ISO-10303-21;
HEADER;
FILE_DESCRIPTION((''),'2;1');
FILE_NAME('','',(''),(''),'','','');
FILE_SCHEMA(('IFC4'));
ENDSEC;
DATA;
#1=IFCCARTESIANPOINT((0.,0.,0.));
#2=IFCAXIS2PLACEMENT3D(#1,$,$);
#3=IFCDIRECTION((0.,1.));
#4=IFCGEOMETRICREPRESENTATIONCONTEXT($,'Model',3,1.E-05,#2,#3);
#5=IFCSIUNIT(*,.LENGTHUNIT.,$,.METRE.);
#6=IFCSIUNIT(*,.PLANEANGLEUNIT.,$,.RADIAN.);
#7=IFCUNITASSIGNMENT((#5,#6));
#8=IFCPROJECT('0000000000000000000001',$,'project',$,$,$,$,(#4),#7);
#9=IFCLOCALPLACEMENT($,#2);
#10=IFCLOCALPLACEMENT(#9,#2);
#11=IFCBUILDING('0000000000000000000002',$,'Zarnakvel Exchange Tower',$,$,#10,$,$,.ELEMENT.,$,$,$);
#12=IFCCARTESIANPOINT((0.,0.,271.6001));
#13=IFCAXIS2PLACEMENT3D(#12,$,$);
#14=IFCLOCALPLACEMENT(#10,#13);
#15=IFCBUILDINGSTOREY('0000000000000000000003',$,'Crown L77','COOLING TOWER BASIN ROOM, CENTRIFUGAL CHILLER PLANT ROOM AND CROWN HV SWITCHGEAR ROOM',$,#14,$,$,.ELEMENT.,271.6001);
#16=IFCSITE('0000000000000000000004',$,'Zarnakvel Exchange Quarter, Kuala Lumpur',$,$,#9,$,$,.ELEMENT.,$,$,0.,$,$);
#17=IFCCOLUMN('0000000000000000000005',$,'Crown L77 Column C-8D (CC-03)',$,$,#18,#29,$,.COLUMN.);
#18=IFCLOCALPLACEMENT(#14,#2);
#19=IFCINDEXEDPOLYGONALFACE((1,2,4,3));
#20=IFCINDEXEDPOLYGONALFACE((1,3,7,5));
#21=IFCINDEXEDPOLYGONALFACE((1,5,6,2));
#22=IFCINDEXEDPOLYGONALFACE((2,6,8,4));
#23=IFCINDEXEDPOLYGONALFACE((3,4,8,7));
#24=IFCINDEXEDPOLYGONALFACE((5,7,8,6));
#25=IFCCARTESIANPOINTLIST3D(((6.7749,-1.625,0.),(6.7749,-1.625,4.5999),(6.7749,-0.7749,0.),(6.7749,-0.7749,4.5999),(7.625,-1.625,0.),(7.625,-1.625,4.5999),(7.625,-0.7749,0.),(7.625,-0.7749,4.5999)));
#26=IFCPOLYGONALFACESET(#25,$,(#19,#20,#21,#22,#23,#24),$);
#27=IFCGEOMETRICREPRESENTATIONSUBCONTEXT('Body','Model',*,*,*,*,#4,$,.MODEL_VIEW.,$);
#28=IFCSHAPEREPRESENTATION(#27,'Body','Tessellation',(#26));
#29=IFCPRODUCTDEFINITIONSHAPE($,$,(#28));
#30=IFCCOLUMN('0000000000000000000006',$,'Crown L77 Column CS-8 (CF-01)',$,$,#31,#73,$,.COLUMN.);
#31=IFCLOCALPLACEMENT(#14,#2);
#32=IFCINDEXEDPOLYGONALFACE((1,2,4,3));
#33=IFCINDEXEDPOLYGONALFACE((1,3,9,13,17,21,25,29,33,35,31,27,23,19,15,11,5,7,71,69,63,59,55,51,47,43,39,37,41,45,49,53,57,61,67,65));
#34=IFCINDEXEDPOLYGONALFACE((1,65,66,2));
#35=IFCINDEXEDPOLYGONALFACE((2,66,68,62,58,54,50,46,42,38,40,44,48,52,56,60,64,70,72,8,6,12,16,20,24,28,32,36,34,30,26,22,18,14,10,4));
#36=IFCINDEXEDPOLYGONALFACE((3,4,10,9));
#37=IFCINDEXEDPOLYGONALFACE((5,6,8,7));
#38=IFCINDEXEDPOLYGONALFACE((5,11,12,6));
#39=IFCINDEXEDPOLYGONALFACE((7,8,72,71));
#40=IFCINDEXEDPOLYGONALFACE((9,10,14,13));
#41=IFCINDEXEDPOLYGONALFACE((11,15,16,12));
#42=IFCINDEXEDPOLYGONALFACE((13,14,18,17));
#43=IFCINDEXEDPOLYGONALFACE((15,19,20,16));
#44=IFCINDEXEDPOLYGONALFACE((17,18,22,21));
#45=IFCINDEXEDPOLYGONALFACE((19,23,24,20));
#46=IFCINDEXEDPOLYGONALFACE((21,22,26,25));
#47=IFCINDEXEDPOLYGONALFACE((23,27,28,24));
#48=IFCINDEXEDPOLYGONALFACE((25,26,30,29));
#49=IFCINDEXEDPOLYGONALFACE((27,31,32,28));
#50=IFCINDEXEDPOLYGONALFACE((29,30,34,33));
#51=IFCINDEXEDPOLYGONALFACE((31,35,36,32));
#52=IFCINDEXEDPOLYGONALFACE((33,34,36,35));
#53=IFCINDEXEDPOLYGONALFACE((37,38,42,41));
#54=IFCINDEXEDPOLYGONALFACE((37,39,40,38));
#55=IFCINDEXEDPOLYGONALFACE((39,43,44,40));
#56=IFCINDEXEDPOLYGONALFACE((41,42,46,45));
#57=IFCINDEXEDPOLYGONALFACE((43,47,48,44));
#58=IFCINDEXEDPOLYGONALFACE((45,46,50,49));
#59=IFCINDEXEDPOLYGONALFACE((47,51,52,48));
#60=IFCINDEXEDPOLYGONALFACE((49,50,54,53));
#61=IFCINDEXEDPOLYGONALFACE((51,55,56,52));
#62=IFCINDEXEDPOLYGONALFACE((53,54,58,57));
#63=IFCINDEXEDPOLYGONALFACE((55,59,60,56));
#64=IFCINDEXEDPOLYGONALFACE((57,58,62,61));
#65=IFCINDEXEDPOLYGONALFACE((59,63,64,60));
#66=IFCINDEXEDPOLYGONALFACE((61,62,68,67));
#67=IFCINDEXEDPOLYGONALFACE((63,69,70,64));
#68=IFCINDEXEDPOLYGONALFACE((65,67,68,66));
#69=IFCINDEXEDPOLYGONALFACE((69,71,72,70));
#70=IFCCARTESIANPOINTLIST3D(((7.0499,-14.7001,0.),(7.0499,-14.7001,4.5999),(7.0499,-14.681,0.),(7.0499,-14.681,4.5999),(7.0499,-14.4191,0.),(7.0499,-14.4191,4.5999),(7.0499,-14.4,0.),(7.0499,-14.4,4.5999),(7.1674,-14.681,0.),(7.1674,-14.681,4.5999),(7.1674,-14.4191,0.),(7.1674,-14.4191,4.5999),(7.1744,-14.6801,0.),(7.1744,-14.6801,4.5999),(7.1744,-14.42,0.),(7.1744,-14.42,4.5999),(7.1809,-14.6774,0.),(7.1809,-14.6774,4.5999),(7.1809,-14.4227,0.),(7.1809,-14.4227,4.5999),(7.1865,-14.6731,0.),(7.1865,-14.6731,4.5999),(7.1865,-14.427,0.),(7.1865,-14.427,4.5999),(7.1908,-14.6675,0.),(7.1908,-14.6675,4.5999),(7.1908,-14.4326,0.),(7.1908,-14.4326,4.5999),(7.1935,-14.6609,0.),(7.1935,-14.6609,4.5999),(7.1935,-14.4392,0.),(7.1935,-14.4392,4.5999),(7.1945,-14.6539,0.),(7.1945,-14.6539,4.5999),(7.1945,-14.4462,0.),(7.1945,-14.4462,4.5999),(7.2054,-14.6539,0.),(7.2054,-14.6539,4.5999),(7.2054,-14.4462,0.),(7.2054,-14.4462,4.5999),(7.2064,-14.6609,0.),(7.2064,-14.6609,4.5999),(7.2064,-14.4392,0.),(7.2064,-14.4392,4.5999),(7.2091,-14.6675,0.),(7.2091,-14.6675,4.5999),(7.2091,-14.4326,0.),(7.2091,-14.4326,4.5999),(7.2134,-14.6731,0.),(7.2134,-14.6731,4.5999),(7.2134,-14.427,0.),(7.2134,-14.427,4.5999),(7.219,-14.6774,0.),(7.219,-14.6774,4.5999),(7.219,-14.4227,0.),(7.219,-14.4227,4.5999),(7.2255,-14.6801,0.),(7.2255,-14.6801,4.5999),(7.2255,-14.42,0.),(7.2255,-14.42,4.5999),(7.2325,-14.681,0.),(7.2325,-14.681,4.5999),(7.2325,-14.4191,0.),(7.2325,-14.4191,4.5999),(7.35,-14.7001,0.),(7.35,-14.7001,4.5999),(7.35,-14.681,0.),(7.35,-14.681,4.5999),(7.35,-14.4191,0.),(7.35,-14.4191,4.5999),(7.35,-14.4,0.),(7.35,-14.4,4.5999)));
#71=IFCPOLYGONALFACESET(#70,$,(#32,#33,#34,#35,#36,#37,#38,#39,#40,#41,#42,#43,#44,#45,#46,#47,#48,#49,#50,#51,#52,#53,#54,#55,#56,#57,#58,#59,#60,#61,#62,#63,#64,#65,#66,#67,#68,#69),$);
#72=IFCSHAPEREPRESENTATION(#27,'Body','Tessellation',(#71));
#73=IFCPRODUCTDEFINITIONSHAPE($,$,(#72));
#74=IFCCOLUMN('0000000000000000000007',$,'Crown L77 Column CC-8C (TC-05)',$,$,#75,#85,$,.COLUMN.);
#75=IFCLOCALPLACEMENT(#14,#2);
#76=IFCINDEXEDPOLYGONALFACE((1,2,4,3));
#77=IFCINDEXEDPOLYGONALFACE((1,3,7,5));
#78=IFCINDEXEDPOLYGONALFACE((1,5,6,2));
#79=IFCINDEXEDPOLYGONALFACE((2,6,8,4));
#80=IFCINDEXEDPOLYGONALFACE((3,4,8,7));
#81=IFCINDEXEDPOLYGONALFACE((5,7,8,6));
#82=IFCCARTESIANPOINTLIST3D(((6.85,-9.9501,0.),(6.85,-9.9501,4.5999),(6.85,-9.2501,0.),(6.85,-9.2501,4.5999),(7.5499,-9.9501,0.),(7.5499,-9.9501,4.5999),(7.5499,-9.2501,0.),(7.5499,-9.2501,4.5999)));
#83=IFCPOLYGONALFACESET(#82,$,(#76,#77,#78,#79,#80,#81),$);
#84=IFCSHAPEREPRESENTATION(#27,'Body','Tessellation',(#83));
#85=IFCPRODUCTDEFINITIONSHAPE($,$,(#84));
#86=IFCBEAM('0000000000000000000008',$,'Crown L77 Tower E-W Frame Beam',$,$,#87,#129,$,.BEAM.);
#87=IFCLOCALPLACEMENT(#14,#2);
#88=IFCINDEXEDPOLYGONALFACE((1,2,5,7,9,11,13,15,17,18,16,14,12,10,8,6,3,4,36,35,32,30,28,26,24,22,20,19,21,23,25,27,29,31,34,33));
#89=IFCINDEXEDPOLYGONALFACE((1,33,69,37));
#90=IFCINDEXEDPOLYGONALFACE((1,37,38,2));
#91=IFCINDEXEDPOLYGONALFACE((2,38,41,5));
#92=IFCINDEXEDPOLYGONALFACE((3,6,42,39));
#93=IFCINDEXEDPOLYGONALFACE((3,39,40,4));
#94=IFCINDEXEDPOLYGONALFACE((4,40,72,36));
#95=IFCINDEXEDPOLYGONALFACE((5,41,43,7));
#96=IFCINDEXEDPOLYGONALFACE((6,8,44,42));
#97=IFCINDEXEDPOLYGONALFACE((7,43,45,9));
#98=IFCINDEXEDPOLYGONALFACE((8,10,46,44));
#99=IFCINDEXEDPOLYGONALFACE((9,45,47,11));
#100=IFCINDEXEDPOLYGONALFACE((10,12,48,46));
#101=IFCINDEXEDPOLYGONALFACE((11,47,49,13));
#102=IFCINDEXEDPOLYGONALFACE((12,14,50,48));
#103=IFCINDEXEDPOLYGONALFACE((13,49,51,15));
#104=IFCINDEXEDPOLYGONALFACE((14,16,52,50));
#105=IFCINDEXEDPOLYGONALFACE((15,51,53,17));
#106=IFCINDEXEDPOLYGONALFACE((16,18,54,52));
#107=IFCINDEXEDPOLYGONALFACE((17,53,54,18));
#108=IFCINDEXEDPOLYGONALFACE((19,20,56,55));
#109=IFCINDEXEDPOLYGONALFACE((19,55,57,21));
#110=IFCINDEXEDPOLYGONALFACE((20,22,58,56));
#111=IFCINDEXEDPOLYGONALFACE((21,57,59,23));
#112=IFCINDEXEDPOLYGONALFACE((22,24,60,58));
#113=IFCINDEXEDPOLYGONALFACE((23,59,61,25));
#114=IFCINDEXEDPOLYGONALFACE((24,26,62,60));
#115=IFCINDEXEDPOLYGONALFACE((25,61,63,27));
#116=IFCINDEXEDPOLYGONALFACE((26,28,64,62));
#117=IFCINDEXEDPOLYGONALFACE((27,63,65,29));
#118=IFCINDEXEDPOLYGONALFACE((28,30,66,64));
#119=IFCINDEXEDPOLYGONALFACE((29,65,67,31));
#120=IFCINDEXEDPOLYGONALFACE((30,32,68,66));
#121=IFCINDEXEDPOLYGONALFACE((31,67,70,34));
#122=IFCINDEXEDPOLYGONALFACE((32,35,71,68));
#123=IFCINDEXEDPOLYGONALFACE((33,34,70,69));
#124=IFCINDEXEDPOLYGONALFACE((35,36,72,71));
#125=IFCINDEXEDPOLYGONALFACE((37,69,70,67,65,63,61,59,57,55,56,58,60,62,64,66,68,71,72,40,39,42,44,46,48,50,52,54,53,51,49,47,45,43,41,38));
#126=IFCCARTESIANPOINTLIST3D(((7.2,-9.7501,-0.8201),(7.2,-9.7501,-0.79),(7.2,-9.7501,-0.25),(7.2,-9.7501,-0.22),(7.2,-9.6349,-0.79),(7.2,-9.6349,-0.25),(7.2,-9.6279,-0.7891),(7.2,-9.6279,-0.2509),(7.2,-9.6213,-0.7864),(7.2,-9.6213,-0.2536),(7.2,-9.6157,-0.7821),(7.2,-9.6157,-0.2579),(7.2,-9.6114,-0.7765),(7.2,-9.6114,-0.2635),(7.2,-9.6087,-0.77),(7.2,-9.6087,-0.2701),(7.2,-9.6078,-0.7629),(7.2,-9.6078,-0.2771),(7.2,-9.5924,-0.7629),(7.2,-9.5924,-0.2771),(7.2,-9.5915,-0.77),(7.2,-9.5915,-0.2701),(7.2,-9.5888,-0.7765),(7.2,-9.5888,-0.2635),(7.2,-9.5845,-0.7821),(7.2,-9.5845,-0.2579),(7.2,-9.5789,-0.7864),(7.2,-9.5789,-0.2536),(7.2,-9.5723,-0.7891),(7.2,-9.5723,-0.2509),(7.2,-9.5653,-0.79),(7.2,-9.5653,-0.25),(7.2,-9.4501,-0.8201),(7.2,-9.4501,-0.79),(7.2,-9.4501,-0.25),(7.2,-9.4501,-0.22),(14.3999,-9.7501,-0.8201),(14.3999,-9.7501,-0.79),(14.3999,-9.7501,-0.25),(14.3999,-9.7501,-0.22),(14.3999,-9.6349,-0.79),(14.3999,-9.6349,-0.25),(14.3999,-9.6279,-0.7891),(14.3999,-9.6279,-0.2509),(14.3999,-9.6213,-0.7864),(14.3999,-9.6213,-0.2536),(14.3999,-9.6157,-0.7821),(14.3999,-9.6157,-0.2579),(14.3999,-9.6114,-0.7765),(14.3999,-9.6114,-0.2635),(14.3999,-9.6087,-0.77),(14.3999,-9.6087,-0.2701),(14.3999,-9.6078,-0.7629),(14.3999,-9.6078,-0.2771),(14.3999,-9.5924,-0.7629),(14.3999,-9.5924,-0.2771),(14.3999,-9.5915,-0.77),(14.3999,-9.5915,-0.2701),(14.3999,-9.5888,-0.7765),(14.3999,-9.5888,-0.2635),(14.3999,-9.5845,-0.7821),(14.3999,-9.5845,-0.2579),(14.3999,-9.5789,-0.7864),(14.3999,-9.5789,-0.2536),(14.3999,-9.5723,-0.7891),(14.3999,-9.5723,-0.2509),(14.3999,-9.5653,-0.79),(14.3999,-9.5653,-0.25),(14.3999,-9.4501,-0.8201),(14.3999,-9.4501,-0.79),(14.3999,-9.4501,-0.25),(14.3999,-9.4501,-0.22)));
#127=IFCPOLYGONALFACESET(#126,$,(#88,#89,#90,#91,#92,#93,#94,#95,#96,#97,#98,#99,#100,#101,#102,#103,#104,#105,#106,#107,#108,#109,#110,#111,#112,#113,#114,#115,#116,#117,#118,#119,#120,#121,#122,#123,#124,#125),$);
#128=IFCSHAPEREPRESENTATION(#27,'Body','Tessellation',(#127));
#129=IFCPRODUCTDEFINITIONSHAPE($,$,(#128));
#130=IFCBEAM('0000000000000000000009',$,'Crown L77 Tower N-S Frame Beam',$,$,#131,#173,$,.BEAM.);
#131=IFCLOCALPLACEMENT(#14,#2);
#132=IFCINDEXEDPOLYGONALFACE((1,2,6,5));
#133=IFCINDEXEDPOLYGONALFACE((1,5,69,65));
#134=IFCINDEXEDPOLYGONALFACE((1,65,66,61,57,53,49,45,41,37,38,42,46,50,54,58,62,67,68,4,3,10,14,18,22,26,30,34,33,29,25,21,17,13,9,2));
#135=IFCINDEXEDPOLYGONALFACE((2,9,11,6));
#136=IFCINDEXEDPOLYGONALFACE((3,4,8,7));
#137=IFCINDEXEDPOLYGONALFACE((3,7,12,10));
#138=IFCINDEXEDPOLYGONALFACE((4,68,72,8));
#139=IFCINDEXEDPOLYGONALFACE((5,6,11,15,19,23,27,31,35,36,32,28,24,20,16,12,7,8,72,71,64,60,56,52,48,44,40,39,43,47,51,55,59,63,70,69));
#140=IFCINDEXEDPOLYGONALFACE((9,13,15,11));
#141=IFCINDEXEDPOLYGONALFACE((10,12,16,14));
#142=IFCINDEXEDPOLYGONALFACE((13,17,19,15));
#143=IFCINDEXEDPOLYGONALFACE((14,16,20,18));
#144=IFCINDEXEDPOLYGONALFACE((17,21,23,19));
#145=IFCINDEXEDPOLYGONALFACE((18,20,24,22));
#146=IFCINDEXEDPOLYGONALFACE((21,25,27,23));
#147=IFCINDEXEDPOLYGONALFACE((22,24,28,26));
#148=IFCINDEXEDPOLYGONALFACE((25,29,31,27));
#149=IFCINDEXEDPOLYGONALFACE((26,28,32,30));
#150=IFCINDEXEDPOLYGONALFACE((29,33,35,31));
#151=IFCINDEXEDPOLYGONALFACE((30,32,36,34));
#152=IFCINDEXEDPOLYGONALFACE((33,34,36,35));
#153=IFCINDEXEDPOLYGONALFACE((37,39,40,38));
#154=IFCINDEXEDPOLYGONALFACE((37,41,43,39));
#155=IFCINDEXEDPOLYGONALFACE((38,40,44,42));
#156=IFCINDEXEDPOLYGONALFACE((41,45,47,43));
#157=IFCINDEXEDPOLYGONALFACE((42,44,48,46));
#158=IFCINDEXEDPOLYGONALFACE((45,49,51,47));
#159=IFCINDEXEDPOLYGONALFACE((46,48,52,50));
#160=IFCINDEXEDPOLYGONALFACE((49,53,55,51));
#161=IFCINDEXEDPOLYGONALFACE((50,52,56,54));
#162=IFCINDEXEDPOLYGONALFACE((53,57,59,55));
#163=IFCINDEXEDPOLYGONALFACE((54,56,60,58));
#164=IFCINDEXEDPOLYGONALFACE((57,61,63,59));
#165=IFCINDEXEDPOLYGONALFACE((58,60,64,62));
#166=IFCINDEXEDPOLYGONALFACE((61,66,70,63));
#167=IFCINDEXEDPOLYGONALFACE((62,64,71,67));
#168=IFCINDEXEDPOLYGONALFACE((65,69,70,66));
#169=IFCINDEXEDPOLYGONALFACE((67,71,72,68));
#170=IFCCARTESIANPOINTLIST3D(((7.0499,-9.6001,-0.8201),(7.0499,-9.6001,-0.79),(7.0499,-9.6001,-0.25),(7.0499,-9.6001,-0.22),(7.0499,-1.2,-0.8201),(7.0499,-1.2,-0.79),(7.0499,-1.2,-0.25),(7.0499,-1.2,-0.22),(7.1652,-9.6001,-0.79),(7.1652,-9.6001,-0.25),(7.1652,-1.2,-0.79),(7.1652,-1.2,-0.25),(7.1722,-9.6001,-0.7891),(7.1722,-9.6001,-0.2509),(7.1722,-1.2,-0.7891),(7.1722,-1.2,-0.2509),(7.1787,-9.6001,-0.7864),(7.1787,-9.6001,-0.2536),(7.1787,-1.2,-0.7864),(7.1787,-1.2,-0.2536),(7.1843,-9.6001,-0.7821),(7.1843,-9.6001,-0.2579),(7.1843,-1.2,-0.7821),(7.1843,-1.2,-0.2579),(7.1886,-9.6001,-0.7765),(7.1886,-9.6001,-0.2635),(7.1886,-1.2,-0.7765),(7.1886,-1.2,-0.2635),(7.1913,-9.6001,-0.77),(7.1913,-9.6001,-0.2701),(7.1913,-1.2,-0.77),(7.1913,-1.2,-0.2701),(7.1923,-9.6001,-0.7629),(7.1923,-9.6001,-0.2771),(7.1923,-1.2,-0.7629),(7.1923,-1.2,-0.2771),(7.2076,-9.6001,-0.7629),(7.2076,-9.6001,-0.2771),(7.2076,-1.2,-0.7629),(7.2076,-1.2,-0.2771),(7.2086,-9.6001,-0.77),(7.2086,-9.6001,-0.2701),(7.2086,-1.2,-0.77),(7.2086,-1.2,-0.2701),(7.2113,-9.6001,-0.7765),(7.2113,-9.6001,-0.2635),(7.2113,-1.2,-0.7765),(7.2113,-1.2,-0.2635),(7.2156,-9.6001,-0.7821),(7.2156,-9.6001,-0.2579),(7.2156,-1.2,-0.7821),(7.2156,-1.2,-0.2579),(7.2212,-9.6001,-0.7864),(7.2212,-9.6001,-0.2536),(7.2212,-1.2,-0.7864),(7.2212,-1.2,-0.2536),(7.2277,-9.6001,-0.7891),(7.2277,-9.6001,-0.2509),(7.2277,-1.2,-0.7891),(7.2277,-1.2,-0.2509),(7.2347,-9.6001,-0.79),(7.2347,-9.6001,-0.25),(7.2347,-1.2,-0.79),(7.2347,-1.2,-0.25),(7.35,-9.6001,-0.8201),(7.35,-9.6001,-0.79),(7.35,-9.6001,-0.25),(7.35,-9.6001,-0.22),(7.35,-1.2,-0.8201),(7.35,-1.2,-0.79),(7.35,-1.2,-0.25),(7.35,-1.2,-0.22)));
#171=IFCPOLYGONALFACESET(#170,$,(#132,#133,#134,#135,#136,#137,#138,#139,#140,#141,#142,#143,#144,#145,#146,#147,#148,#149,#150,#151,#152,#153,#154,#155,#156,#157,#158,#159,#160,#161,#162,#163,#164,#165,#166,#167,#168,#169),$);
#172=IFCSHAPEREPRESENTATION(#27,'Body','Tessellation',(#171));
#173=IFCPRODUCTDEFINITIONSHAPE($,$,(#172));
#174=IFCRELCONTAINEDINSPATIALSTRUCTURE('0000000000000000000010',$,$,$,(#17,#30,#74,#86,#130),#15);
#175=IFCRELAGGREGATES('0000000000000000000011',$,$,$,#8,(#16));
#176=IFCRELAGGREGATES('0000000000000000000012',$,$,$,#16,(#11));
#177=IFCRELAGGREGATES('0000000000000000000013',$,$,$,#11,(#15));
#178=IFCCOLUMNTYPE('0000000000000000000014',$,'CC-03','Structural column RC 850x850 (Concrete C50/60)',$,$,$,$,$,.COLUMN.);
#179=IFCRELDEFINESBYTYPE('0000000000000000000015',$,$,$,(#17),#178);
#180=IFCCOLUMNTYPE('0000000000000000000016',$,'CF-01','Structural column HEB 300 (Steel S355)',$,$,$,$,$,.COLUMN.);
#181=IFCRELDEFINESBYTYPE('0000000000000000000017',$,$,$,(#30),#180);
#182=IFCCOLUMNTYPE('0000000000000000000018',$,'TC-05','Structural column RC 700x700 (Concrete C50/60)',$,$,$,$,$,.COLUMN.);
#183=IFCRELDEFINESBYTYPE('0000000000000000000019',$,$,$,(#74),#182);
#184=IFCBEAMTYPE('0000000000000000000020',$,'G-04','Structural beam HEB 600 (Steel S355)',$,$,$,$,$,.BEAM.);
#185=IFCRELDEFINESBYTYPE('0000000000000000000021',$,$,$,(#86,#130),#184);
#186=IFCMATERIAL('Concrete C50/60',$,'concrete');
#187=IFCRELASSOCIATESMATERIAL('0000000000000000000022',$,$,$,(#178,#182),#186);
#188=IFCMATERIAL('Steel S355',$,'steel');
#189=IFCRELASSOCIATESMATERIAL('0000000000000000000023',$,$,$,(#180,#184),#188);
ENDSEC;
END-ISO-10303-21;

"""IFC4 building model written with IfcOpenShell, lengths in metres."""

from ifc_helpers import new_model, si_unit, direction, frame, origin, origin_2d, place, context, subcontext, project, spatial, rectangle, i_section, extrude, material, material_profile, profile_set, type_object, element, save


model = new_model("IFC4")

# Units and contexts
model_context = context("Model", 3, precision=1e-05, world=origin(), true_north=direction((0.0, 1.0)))
body_context = subcontext(model_context, "Body", "Model", "MODEL_VIEW")
ifc_project = project(units=[si_unit("LENGTHUNIT", "METRE"), si_unit("PLANEANGLEUNIT", "RADIAN")], contexts=[model_context])

# Site, building, storey
site_placement = place(None, origin())
site = spatial("IfcSite", under=ifc_project, at=site_placement, Name="Zarnakvel Exchange Quarter, Kuala Lumpur", CompositionType="ELEMENT", RefElevation=0.0)
building_placement = place(site_placement, origin())
building = spatial("IfcBuilding", under=site, at=building_placement, Name="Zarnakvel Exchange Tower", CompositionType="ELEMENT")
storey_placement = place(building_placement, frame((0.0, 0.0, 271.6001)))
storey = spatial("IfcBuildingStorey", under=building, at=storey_placement, Name="Crown L77", Description="COOLING TOWER BASIN ROOM, CENTRIFUGAL CHILLER PLANT ROOM AND CROWN HV SWITCHGEAR ROOM", CompositionType="ELEMENT", Elevation=271.6001)

# Columns
ifc_material_1 = material(Name="Concrete C50/60", Category="concrete")
ifc_material_profile_1 = material_profile(ifc_material_1, rectangle(XDim=0.8501, YDim=0.8501, at=origin_2d()))
ifc_profile_set_1 = profile_set([ifc_material_profile_1], Name="Concrete C50/60")
column_type_1 = type_object("IfcColumnType", Name="CC-03", Description="Structural column RC 850x850 (Concrete C50/60)", PredefinedType="COLUMN", material=ifc_profile_set_1)
column_1_placement = place(storey_placement, frame((7.2, -1.2, 0.0), z_axis=(0.0, 0.0, 1.0), x_axis=(1.0, 0.0, 0.0)))
element("IfcColumn", 1, at=column_1_placement, inside=storey, type_object=column_type_1, Name="Crown L77 Column C-8D (CC-03)", PredefinedType="COLUMN", context=body_context, shape_type="SweptSolid", body=[
    extrude(rectangle(XDim=0.8501, YDim=0.8501, at=origin_2d()), origin(), (0.0, 0.0, 1.0), 4.5999),
])
ifc_material_2 = material(Name="Steel S355", Category="steel")
ifc_material_profile_2 = material_profile(ifc_material_2, i_section(OverallWidth=0.3, OverallDepth=0.3, WebThickness=0.011, FlangeThickness=0.019, FilletRadius=0.0271, at=origin_2d()))
ifc_profile_set_2 = profile_set([ifc_material_profile_2], Name="Steel S355")
column_type_2 = type_object("IfcColumnType", Name="CF-01", Description="Structural column HEB 300 (Steel S355)", PredefinedType="COLUMN", material=ifc_profile_set_2)
column_2_placement = place(storey_placement, frame((7.2, -14.55, 0.0), z_axis=(0.0, 0.0, 1.0), x_axis=(1.0, 0.0, 0.0)))
element("IfcColumn", 2, at=column_2_placement, inside=storey, type_object=column_type_2, Name="Crown L77 Column CS-8 (CF-01)", PredefinedType="COLUMN", context=body_context, shape_type="SweptSolid", body=[
    extrude(i_section(OverallWidth=0.3, OverallDepth=0.3, WebThickness=0.011, FlangeThickness=0.019, FilletRadius=0.0271, at=origin_2d()), origin(), (0.0, 0.0, 1.0), 4.5999),
])
ifc_material_profile_3 = material_profile(ifc_material_1, rectangle(XDim=0.7, YDim=0.7, at=origin_2d()))
ifc_profile_set_3 = profile_set([ifc_material_profile_3], Name="Concrete C50/60")
column_type_3 = type_object("IfcColumnType", Name="TC-05", Description="Structural column RC 700x700 (Concrete C50/60)", PredefinedType="COLUMN", material=ifc_profile_set_3)
column_3_placement = place(storey_placement, frame((7.2, -9.6001, 0.0), z_axis=(0.0, 0.0, 1.0), x_axis=(1.0, 0.0, 0.0)))
element("IfcColumn", 3, at=column_3_placement, inside=storey, type_object=column_type_3, Name="Crown L77 Column CC-8C (TC-05)", PredefinedType="COLUMN", context=body_context, shape_type="SweptSolid", body=[
    extrude(rectangle(XDim=0.7, YDim=0.7, at=origin_2d()), origin(), (0.0, 0.0, 1.0), 4.5999),
])

# Beams
ifc_material_profile_4 = material_profile(ifc_material_2, i_section(OverallWidth=0.3, OverallDepth=0.6001, WebThickness=0.0154, FlangeThickness=0.03, FilletRadius=0.0271, at=origin_2d()))
ifc_profile_set_4 = profile_set([ifc_material_profile_4], Name="Steel S355")
beam_type_1 = type_object("IfcBeamType", Name="G-04", Description="Structural beam HEB 600 (Steel S355)", PredefinedType="BEAM", material=ifc_profile_set_4)
beam_1_placement = place(storey_placement, frame((7.2, -9.6001, -0.52), z_axis=(1.0, 0.0, 0.0), x_axis=(0.0, 1.0, 0.0)))
element("IfcBeam", 4, at=beam_1_placement, inside=storey, type_object=beam_type_1, Name="Crown L77 Tower E-W Frame Beam", PredefinedType="BEAM", context=body_context, shape_type="SweptSolid", body=[
    extrude(i_section(OverallWidth=0.3, OverallDepth=0.6001, WebThickness=0.0154, FlangeThickness=0.03, FilletRadius=0.0271, at=origin_2d()), origin(), (0.0, 0.0, 1.0), 7.2),
])
beam_2_placement = place(storey_placement, frame((7.2, -9.6001, -0.52), z_axis=(0.0, 1.0, 0.0), x_axis=(-1.0, 0.0, 0.0)))
element("IfcBeam", 5, at=beam_2_placement, inside=storey, type_object=beam_type_1, Name="Crown L77 Tower N-S Frame Beam", PredefinedType="BEAM", context=body_context, shape_type="SweptSolid", body=[
    extrude(i_section(OverallWidth=0.3, OverallDepth=0.6001, WebThickness=0.0154, FlangeThickness=0.03, FilletRadius=0.0271, at=origin_2d()), origin(), (0.0, 0.0, 1.0), 8.4001),
])

save(model, "model.ifc")
